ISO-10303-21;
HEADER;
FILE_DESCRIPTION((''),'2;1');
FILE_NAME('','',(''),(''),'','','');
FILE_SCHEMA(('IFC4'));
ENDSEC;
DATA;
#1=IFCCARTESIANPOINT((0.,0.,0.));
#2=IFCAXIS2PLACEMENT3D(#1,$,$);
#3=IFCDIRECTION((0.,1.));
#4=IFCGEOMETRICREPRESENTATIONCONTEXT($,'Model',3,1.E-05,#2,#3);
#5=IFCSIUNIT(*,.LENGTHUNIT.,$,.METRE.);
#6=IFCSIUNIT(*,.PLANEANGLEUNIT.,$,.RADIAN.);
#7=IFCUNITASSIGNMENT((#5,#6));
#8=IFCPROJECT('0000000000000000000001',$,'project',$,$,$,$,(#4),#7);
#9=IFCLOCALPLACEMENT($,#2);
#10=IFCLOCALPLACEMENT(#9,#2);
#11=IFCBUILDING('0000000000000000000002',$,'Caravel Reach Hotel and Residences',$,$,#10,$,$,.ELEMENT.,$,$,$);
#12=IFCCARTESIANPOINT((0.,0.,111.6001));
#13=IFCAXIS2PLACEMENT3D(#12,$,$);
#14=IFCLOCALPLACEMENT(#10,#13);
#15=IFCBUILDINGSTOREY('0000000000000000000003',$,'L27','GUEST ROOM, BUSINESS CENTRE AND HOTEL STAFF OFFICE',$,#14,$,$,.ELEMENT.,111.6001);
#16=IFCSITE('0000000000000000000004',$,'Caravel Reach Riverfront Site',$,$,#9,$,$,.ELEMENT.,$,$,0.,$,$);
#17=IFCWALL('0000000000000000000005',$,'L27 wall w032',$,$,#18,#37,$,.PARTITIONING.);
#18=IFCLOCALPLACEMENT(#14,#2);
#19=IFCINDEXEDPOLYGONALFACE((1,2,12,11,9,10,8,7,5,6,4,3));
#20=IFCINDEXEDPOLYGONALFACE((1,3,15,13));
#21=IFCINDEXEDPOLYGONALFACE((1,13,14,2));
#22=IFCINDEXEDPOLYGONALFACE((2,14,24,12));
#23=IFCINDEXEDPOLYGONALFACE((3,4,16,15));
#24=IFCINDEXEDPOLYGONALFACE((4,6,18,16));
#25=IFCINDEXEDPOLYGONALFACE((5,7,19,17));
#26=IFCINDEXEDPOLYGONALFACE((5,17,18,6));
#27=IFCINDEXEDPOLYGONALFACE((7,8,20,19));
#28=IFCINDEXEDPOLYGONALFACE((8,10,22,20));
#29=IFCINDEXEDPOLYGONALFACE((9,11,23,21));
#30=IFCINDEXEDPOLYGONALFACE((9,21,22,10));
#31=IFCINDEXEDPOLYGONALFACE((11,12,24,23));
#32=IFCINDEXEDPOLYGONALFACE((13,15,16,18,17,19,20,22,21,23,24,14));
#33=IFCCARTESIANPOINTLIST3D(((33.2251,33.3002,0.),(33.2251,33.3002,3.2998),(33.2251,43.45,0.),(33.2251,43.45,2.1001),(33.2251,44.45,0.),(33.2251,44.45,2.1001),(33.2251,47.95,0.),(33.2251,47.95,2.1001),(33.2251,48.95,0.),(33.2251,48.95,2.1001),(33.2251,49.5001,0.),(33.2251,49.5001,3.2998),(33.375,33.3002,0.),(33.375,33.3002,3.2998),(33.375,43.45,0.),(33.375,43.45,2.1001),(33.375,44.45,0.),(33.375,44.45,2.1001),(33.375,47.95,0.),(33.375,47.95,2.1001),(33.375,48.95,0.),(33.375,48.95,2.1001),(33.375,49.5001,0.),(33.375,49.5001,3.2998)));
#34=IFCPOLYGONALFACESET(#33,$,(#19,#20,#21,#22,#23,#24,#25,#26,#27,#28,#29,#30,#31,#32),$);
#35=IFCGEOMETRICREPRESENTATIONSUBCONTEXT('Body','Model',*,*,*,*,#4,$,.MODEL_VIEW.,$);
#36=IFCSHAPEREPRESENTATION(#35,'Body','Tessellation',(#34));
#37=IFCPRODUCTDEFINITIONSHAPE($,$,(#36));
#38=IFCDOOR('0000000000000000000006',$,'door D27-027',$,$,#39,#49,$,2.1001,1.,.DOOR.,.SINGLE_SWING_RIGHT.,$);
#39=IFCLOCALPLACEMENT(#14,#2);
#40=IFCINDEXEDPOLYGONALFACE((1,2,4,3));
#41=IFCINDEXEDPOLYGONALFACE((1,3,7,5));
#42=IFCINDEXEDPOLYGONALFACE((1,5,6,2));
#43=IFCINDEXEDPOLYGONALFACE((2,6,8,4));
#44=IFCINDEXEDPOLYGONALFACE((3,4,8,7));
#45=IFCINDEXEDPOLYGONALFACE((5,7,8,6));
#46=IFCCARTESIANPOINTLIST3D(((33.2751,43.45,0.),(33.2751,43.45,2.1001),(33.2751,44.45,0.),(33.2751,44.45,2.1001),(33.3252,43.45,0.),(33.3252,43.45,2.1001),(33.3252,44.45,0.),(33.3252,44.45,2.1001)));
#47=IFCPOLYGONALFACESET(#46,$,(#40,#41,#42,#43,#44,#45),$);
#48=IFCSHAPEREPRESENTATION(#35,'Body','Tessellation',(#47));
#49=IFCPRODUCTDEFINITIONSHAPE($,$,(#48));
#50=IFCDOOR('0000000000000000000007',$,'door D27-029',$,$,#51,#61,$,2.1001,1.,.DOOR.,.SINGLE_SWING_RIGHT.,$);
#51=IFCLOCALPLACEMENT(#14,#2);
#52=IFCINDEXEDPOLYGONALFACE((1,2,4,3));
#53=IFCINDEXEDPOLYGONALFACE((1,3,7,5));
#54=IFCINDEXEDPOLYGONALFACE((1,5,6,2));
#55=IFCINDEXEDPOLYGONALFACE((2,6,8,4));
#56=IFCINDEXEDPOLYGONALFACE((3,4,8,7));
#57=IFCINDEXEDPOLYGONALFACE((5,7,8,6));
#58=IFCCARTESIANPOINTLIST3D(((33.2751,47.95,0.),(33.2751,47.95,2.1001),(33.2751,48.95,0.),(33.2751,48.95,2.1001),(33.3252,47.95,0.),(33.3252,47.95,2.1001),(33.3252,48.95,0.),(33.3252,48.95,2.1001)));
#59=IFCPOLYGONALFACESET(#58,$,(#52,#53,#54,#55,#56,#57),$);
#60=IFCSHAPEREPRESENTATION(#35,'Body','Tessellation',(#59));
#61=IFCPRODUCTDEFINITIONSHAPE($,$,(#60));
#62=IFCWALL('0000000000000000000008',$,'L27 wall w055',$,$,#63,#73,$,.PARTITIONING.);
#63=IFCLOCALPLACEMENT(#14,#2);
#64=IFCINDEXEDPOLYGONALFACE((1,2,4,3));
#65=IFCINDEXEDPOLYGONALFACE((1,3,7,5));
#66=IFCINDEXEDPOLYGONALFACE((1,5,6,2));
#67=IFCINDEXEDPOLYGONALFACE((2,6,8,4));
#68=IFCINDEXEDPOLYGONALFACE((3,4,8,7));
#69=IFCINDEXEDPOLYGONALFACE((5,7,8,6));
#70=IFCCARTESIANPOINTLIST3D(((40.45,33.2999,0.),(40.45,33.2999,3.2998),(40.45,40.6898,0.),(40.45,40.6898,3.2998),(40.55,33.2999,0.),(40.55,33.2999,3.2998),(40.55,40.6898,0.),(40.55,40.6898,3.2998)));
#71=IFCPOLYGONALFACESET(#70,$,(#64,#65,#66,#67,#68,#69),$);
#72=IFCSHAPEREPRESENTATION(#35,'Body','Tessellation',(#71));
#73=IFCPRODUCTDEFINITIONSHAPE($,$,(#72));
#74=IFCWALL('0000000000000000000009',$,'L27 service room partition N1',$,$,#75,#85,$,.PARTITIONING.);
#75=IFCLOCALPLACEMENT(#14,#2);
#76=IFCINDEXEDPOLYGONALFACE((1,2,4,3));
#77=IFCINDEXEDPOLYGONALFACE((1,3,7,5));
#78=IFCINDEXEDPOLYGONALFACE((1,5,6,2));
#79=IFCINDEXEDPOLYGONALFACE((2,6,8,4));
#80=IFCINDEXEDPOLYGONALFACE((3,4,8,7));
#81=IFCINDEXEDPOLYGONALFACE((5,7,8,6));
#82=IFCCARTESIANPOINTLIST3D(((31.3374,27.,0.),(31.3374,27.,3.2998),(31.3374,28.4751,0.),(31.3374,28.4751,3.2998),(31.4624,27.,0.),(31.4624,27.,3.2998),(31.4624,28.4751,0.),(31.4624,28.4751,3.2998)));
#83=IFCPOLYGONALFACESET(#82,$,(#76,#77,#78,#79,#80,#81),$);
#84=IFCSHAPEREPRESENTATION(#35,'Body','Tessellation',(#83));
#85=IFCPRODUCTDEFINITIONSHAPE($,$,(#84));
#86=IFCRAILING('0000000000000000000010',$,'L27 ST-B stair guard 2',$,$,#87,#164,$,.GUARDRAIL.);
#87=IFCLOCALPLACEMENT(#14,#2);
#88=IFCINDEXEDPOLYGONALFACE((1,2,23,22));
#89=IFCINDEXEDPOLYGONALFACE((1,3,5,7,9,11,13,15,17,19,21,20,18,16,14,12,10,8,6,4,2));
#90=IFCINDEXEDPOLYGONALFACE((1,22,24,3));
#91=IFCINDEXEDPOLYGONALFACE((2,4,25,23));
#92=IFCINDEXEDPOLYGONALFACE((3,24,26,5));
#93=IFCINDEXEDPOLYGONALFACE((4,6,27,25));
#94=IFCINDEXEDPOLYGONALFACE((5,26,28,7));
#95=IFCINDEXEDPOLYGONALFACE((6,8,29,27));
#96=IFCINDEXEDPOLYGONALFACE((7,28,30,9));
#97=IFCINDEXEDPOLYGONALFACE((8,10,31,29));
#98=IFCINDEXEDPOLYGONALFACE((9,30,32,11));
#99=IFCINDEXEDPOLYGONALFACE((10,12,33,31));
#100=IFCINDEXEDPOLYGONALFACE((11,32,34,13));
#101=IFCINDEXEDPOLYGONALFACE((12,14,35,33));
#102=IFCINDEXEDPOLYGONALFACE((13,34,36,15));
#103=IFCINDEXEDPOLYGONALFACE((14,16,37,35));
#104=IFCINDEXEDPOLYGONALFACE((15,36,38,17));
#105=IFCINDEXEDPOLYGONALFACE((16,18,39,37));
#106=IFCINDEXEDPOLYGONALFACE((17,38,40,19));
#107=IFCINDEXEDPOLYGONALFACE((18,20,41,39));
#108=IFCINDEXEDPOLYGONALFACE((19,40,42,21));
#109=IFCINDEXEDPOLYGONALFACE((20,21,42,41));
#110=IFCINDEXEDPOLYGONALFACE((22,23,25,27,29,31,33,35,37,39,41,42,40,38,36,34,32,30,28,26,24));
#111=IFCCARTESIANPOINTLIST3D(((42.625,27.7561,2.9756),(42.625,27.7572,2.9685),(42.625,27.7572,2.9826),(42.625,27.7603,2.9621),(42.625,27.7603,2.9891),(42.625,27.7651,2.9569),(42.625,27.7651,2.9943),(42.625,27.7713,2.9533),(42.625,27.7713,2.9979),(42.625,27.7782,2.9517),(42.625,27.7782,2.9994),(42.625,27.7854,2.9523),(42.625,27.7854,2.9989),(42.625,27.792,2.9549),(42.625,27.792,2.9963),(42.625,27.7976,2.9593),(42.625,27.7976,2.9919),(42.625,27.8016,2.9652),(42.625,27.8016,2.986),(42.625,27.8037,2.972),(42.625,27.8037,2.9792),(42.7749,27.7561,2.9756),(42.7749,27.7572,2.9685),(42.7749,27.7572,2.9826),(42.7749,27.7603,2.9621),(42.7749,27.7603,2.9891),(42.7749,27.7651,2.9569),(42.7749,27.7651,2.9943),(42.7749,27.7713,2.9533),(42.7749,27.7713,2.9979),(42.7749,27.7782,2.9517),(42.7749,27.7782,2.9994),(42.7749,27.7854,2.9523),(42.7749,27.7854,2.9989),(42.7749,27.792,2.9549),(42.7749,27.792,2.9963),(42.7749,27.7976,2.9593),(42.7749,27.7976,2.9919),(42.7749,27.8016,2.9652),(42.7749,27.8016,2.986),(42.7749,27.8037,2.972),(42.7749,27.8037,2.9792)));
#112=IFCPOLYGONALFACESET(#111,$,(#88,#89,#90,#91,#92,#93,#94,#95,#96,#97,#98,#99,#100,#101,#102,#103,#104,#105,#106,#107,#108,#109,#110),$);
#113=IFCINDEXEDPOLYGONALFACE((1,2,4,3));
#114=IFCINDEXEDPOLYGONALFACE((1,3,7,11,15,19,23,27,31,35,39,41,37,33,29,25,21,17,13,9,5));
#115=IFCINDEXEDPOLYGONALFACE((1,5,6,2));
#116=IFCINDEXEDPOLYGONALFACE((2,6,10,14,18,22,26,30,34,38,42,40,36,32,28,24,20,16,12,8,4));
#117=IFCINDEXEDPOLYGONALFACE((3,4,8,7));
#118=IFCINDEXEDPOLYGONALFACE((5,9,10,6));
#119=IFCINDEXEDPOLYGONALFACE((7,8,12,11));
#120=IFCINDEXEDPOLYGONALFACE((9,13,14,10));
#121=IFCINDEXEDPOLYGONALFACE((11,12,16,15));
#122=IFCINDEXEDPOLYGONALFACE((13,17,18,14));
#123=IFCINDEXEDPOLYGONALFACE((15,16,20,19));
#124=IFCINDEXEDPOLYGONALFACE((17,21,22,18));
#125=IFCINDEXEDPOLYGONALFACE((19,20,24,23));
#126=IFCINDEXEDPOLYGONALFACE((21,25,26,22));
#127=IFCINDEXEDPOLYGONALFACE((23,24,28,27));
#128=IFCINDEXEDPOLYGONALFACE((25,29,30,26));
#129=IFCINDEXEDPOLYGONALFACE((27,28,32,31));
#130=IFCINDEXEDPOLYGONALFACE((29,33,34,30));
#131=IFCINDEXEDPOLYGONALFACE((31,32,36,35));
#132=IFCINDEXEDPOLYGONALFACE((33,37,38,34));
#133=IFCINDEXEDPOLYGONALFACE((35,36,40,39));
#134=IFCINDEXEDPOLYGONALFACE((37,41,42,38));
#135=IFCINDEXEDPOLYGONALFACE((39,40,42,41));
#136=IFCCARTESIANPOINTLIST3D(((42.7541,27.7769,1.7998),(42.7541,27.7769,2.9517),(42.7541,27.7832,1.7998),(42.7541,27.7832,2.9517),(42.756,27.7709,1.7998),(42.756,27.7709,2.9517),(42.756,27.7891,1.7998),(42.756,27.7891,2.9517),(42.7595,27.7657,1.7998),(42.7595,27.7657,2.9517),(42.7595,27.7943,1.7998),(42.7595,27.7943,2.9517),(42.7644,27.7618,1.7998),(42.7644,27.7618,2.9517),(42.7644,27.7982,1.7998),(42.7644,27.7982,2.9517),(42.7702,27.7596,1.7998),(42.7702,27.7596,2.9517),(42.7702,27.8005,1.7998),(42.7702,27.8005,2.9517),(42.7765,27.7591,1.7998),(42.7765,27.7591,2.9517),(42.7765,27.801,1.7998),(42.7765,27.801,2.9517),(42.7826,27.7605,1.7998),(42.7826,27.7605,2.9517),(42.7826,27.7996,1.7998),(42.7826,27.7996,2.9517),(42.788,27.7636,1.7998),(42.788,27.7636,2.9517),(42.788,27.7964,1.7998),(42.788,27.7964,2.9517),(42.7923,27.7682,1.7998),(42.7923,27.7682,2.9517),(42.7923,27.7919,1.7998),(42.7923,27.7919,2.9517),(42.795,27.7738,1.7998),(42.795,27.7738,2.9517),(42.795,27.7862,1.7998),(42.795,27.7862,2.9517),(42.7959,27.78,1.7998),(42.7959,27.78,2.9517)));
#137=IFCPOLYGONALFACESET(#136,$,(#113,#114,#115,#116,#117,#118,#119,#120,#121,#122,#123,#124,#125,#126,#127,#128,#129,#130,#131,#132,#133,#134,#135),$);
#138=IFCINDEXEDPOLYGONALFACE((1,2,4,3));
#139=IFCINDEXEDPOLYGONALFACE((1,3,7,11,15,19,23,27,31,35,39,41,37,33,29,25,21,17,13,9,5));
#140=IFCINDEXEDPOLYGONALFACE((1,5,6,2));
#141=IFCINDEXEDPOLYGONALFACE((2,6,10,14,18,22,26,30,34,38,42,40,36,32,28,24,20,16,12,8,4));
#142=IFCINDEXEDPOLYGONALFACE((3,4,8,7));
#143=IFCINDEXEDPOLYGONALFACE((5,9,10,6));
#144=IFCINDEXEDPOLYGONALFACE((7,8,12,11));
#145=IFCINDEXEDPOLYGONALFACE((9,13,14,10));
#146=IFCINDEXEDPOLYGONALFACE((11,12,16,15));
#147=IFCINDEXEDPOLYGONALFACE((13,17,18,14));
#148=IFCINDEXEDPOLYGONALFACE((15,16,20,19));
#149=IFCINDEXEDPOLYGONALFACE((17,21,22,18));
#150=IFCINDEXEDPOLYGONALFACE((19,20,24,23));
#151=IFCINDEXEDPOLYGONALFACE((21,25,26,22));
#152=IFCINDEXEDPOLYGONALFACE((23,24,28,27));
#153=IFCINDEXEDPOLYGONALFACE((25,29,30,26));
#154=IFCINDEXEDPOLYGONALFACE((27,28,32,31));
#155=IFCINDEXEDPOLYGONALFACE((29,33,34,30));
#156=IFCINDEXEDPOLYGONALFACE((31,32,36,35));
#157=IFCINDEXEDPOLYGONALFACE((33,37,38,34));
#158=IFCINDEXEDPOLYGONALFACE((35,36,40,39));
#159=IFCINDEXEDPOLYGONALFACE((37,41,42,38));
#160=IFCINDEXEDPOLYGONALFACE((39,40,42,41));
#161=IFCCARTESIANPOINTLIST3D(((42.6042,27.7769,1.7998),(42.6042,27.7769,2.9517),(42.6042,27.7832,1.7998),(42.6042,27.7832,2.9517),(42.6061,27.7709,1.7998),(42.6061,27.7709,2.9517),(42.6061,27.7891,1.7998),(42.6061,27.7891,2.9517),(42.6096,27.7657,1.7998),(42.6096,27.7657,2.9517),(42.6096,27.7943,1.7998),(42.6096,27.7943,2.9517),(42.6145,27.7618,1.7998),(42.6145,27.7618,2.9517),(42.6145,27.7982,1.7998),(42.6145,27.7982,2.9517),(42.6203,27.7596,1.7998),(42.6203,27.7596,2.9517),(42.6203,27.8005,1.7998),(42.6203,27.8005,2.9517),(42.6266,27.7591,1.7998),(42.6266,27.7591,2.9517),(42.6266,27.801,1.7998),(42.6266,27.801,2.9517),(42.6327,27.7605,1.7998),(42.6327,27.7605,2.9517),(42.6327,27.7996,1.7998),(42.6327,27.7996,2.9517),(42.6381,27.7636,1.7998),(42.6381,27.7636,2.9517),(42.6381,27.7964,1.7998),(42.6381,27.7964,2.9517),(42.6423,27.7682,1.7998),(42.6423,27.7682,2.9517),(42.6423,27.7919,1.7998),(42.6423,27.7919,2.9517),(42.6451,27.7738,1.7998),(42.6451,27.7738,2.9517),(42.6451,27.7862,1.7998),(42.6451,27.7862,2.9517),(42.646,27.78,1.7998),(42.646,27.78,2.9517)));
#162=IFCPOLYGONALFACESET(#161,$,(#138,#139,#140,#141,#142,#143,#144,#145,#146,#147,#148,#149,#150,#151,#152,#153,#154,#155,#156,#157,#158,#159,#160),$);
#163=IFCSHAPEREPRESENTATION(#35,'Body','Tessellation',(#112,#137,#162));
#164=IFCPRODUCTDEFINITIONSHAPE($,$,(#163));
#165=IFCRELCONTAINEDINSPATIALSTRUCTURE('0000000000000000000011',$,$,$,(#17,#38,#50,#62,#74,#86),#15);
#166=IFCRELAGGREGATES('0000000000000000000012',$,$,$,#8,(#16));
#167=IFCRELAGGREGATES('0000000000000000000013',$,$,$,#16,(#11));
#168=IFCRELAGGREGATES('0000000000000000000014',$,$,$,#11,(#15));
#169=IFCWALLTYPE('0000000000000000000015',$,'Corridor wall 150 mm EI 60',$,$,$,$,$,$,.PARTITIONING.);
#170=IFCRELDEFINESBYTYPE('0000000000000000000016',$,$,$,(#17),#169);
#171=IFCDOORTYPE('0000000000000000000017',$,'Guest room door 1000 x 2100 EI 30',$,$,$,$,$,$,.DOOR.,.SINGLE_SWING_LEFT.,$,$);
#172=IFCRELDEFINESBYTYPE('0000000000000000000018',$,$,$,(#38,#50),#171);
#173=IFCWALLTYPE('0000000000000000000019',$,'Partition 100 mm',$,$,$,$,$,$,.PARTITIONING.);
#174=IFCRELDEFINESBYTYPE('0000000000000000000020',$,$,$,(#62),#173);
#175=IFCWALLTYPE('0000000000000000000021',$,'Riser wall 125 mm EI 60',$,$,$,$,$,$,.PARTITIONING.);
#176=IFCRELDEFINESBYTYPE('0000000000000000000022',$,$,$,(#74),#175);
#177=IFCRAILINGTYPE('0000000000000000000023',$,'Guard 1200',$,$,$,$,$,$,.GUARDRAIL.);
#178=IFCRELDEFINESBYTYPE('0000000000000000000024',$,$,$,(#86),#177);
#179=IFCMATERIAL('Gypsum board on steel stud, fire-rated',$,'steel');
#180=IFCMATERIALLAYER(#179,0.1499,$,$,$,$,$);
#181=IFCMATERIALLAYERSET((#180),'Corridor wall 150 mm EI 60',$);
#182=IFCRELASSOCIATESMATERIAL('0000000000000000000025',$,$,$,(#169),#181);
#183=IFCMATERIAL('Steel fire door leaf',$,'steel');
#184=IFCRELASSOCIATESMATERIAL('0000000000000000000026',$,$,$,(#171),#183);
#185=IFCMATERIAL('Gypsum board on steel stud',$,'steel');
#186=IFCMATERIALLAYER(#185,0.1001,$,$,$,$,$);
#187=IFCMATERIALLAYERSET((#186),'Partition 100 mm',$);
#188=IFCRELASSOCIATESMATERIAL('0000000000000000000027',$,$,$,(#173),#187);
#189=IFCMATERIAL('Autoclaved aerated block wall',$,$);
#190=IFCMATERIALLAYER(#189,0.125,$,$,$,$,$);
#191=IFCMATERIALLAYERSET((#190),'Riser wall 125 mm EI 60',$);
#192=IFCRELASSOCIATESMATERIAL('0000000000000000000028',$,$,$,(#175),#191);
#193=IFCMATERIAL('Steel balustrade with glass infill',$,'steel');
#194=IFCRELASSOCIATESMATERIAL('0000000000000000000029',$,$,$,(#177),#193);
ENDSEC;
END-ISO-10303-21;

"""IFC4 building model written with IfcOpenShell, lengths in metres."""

from ifc_helpers import new_model, si_unit, direction, frame, frame_2d, origin, origin_2d, place, context, subcontext, project, spatial, rectangle, circle, extrude, material, layer, layer_set, type_object, element, fill, save


model = new_model("IFC4")

# Units and contexts
model_context = context("Model", 3, precision=1e-05, world=origin(), true_north=direction((0.0, 1.0)))
body_context = subcontext(model_context, "Body", "Model", "MODEL_VIEW")
ifc_project = project(units=[si_unit("LENGTHUNIT", "METRE"), si_unit("PLANEANGLEUNIT", "RADIAN")], contexts=[model_context])

# Site, building, storey
site_placement = place(None, origin())
site = spatial("IfcSite", under=ifc_project, at=site_placement, Name="Caravel Reach Riverfront Site", CompositionType="ELEMENT", RefElevation=0.0)
building_placement = place(site_placement, origin())
building = spatial("IfcBuilding", under=site, at=building_placement, Name="Caravel Reach Hotel and Residences", CompositionType="ELEMENT")
storey_placement = place(building_placement, frame((0.0, 0.0, 111.6001)))
storey = spatial("IfcBuildingStorey", under=building, at=storey_placement, Name="L27", Description="GUEST ROOM, BUSINESS CENTRE AND HOTEL STAFF OFFICE", CompositionType="ELEMENT", Elevation=111.6001)

# Shared definitions
ifc_material_1 = material(Name="Gypsum board on steel stud, fire-rated", Category="steel")
ifc_layer_1 = layer(ifc_material_1, 0.1499)
ifc_layer_set_1 = layer_set([ifc_layer_1], Name="Corridor wall 150 mm EI 60")
wall_type_1 = type_object("IfcWallType", Name="Corridor wall 150 mm EI 60", PredefinedType="PARTITIONING", material=ifc_layer_set_1)
ifc_material_2 = material(Name="Steel fire door leaf", Category="steel")
door_type_1 = type_object("IfcDoorType", Name="Guest room door 1000 x 2100 EI 30", OperationType="SINGLE_SWING_LEFT", PredefinedType="DOOR", material=ifc_material_2)

# Wall, openings, doors
wall_1_placement = place(storey_placement, frame((33.3, 33.3, 0.0), z_axis=(0.0, 0.0, 1.0), x_axis=(0.0, 1.0, 0.0)))
wall_1 = element("IfcWall", 1, at=wall_1_placement, inside=storey, type_object=wall_type_1, Name="L27 wall w032", PredefinedType="PARTITIONING", context=body_context, shape_type="SweptSolid", body=[
    extrude(rectangle(XDim=16.2, YDim=0.1499, at=frame_2d((8.1001, 0.0))), origin(), (0.0, 0.0, 1.0), 3.2998),
])
opening_1_placement = place(wall_1_placement, frame((10.1499, 0.0, 0.0)))
opening_1 = element("IfcOpeningElement", 2, at=opening_1_placement, cuts=wall_1, PredefinedType="OPENING", context=body_context, shape_type="SweptSolid", body=[
    extrude(rectangle(XDim=1.0, YDim=2.1001, at=frame_2d((0.5, 1.05))), frame((0.0, 0.085, 0.0), z_axis=(0.0, -1.0, 0.0), x_axis=(1.0, 0.0, 0.0)), (0.0, 0.0, 1.0), 0.1699),
])
opening_2_placement = place(wall_1_placement, frame((14.6499, 0.0, 0.0)))
opening_2 = element("IfcOpeningElement", 3, at=opening_2_placement, cuts=wall_1, PredefinedType="OPENING", context=body_context, shape_type="SweptSolid", body=[
    extrude(rectangle(XDim=1.0, YDim=2.1001, at=frame_2d((0.5, 1.05))), frame((0.0, 0.085, 0.0), z_axis=(0.0, -1.0, 0.0), x_axis=(1.0, 0.0, 0.0)), (0.0, 0.0, 1.0), 0.1699),
])
door_1_placement = place(opening_1_placement, origin())
door_1 = element("IfcDoor", 4, at=door_1_placement, inside=storey, type_object=door_type_1, Name="door D27-027", OperationType="SINGLE_SWING_RIGHT", OverallHeight=2.1001, OverallWidth=1.0, PredefinedType="DOOR", context=body_context, shape_type="SweptSolid", body=[
    extrude(rectangle(XDim=1.0, YDim=2.1001, at=frame_2d((0.5, 1.05))), frame((0.0, 0.0249, 0.0), z_axis=(0.0, -1.0, 0.0), x_axis=(1.0, 0.0, 0.0)), (0.0, 0.0, 1.0), 0.05),
])
fill(opening_1, door_1)
door_2_placement = place(opening_2_placement, origin())
door_2 = element("IfcDoor", 5, at=door_2_placement, inside=storey, type_object=door_type_1, Name="door D27-029", OperationType="SINGLE_SWING_RIGHT", OverallHeight=2.1001, OverallWidth=1.0, PredefinedType="DOOR", context=body_context, shape_type="SweptSolid", body=[
    extrude(rectangle(XDim=1.0, YDim=2.1001, at=frame_2d((0.5, 1.05))), frame((0.0, 0.0249, 0.0), z_axis=(0.0, -1.0, 0.0), x_axis=(1.0, 0.0, 0.0)), (0.0, 0.0, 1.0), 0.05),
])
fill(opening_2, door_2)

# Walls
ifc_material_3 = material(Name="Gypsum board on steel stud", Category="steel")
ifc_layer_2 = layer(ifc_material_3, 0.1001)
ifc_layer_set_2 = layer_set([ifc_layer_2], Name="Partition 100 mm")
wall_type_2 = type_object("IfcWallType", Name="Partition 100 mm", PredefinedType="PARTITIONING", material=ifc_layer_set_2)
wall_2_placement = place(storey_placement, frame((40.5, 33.3, 0.0), z_axis=(0.0, 0.0, 1.0), x_axis=(0.0, 1.0, 0.0)))
element("IfcWall", 6, at=wall_2_placement, inside=storey, type_object=wall_type_2, Name="L27 wall w055", PredefinedType="PARTITIONING", context=body_context, shape_type="SweptSolid", body=[
    extrude(rectangle(XDim=7.3899, YDim=0.1001, at=frame_2d((3.6948, 0.0))), origin(), (0.0, 0.0, 1.0), 3.2998),
])
ifc_material_4 = material(Name="Autoclaved aerated block wall")
ifc_layer_3 = layer(ifc_material_4, 0.125)
ifc_layer_set_3 = layer_set([ifc_layer_3], Name="Riser wall 125 mm EI 60")
wall_type_3 = type_object("IfcWallType", Name="Riser wall 125 mm EI 60", PredefinedType="PARTITIONING", material=ifc_layer_set_3)
wall_3_placement = place(storey_placement, frame((31.3999, 28.4751, 0.0), z_axis=(0.0, 0.0, 1.0), x_axis=(0.0, -1.0, 0.0)))
element("IfcWall", 7, at=wall_3_placement, inside=storey, type_object=wall_type_3, Name="L27 service room partition N1", PredefinedType="PARTITIONING", context=body_context, shape_type="SweptSolid", body=[
    extrude(rectangle(XDim=1.4751, YDim=0.125, at=frame_2d((0.7375, 0.0))), origin(), (0.0, 0.0, 1.0), 3.2998),
])

# Railing
ifc_material_5 = material(Name="Steel balustrade with glass infill", Category="steel")
railing_type_1 = type_object("IfcRailingType", Name="Guard 1200", PredefinedType="GUARDRAIL", material=ifc_material_5)
railing_1_placement = place(storey_placement, frame((42.7749, 27.78, 1.7998)))
element("IfcRailing", 8, at=railing_1_placement, inside=storey, type_object=railing_type_1, Name="L27 ST-B stair guard 2", PredefinedType="GUARDRAIL", context=body_context, shape_type="SweptSolid", body=[
    extrude(circle(Radius=0.0239, at=origin_2d()), frame((0.0, 0.0, 1.1758), z_axis=(-1.0, 0.0, 0.0), x_axis=(0.0, -1.0, 0.0)), (0.0, 0.0, 1.0), 0.1499),
    extrude(circle(Radius=0.021, at=origin_2d()), origin(), (0.0, 0.0, 1.0), 1.1519),
    extrude(circle(Radius=0.021, at=origin_2d()), frame((-0.1499, 0.0, 0.0)), (0.0, 0.0, 1.0), 1.1519),
])

save(model, "model.ifc")
